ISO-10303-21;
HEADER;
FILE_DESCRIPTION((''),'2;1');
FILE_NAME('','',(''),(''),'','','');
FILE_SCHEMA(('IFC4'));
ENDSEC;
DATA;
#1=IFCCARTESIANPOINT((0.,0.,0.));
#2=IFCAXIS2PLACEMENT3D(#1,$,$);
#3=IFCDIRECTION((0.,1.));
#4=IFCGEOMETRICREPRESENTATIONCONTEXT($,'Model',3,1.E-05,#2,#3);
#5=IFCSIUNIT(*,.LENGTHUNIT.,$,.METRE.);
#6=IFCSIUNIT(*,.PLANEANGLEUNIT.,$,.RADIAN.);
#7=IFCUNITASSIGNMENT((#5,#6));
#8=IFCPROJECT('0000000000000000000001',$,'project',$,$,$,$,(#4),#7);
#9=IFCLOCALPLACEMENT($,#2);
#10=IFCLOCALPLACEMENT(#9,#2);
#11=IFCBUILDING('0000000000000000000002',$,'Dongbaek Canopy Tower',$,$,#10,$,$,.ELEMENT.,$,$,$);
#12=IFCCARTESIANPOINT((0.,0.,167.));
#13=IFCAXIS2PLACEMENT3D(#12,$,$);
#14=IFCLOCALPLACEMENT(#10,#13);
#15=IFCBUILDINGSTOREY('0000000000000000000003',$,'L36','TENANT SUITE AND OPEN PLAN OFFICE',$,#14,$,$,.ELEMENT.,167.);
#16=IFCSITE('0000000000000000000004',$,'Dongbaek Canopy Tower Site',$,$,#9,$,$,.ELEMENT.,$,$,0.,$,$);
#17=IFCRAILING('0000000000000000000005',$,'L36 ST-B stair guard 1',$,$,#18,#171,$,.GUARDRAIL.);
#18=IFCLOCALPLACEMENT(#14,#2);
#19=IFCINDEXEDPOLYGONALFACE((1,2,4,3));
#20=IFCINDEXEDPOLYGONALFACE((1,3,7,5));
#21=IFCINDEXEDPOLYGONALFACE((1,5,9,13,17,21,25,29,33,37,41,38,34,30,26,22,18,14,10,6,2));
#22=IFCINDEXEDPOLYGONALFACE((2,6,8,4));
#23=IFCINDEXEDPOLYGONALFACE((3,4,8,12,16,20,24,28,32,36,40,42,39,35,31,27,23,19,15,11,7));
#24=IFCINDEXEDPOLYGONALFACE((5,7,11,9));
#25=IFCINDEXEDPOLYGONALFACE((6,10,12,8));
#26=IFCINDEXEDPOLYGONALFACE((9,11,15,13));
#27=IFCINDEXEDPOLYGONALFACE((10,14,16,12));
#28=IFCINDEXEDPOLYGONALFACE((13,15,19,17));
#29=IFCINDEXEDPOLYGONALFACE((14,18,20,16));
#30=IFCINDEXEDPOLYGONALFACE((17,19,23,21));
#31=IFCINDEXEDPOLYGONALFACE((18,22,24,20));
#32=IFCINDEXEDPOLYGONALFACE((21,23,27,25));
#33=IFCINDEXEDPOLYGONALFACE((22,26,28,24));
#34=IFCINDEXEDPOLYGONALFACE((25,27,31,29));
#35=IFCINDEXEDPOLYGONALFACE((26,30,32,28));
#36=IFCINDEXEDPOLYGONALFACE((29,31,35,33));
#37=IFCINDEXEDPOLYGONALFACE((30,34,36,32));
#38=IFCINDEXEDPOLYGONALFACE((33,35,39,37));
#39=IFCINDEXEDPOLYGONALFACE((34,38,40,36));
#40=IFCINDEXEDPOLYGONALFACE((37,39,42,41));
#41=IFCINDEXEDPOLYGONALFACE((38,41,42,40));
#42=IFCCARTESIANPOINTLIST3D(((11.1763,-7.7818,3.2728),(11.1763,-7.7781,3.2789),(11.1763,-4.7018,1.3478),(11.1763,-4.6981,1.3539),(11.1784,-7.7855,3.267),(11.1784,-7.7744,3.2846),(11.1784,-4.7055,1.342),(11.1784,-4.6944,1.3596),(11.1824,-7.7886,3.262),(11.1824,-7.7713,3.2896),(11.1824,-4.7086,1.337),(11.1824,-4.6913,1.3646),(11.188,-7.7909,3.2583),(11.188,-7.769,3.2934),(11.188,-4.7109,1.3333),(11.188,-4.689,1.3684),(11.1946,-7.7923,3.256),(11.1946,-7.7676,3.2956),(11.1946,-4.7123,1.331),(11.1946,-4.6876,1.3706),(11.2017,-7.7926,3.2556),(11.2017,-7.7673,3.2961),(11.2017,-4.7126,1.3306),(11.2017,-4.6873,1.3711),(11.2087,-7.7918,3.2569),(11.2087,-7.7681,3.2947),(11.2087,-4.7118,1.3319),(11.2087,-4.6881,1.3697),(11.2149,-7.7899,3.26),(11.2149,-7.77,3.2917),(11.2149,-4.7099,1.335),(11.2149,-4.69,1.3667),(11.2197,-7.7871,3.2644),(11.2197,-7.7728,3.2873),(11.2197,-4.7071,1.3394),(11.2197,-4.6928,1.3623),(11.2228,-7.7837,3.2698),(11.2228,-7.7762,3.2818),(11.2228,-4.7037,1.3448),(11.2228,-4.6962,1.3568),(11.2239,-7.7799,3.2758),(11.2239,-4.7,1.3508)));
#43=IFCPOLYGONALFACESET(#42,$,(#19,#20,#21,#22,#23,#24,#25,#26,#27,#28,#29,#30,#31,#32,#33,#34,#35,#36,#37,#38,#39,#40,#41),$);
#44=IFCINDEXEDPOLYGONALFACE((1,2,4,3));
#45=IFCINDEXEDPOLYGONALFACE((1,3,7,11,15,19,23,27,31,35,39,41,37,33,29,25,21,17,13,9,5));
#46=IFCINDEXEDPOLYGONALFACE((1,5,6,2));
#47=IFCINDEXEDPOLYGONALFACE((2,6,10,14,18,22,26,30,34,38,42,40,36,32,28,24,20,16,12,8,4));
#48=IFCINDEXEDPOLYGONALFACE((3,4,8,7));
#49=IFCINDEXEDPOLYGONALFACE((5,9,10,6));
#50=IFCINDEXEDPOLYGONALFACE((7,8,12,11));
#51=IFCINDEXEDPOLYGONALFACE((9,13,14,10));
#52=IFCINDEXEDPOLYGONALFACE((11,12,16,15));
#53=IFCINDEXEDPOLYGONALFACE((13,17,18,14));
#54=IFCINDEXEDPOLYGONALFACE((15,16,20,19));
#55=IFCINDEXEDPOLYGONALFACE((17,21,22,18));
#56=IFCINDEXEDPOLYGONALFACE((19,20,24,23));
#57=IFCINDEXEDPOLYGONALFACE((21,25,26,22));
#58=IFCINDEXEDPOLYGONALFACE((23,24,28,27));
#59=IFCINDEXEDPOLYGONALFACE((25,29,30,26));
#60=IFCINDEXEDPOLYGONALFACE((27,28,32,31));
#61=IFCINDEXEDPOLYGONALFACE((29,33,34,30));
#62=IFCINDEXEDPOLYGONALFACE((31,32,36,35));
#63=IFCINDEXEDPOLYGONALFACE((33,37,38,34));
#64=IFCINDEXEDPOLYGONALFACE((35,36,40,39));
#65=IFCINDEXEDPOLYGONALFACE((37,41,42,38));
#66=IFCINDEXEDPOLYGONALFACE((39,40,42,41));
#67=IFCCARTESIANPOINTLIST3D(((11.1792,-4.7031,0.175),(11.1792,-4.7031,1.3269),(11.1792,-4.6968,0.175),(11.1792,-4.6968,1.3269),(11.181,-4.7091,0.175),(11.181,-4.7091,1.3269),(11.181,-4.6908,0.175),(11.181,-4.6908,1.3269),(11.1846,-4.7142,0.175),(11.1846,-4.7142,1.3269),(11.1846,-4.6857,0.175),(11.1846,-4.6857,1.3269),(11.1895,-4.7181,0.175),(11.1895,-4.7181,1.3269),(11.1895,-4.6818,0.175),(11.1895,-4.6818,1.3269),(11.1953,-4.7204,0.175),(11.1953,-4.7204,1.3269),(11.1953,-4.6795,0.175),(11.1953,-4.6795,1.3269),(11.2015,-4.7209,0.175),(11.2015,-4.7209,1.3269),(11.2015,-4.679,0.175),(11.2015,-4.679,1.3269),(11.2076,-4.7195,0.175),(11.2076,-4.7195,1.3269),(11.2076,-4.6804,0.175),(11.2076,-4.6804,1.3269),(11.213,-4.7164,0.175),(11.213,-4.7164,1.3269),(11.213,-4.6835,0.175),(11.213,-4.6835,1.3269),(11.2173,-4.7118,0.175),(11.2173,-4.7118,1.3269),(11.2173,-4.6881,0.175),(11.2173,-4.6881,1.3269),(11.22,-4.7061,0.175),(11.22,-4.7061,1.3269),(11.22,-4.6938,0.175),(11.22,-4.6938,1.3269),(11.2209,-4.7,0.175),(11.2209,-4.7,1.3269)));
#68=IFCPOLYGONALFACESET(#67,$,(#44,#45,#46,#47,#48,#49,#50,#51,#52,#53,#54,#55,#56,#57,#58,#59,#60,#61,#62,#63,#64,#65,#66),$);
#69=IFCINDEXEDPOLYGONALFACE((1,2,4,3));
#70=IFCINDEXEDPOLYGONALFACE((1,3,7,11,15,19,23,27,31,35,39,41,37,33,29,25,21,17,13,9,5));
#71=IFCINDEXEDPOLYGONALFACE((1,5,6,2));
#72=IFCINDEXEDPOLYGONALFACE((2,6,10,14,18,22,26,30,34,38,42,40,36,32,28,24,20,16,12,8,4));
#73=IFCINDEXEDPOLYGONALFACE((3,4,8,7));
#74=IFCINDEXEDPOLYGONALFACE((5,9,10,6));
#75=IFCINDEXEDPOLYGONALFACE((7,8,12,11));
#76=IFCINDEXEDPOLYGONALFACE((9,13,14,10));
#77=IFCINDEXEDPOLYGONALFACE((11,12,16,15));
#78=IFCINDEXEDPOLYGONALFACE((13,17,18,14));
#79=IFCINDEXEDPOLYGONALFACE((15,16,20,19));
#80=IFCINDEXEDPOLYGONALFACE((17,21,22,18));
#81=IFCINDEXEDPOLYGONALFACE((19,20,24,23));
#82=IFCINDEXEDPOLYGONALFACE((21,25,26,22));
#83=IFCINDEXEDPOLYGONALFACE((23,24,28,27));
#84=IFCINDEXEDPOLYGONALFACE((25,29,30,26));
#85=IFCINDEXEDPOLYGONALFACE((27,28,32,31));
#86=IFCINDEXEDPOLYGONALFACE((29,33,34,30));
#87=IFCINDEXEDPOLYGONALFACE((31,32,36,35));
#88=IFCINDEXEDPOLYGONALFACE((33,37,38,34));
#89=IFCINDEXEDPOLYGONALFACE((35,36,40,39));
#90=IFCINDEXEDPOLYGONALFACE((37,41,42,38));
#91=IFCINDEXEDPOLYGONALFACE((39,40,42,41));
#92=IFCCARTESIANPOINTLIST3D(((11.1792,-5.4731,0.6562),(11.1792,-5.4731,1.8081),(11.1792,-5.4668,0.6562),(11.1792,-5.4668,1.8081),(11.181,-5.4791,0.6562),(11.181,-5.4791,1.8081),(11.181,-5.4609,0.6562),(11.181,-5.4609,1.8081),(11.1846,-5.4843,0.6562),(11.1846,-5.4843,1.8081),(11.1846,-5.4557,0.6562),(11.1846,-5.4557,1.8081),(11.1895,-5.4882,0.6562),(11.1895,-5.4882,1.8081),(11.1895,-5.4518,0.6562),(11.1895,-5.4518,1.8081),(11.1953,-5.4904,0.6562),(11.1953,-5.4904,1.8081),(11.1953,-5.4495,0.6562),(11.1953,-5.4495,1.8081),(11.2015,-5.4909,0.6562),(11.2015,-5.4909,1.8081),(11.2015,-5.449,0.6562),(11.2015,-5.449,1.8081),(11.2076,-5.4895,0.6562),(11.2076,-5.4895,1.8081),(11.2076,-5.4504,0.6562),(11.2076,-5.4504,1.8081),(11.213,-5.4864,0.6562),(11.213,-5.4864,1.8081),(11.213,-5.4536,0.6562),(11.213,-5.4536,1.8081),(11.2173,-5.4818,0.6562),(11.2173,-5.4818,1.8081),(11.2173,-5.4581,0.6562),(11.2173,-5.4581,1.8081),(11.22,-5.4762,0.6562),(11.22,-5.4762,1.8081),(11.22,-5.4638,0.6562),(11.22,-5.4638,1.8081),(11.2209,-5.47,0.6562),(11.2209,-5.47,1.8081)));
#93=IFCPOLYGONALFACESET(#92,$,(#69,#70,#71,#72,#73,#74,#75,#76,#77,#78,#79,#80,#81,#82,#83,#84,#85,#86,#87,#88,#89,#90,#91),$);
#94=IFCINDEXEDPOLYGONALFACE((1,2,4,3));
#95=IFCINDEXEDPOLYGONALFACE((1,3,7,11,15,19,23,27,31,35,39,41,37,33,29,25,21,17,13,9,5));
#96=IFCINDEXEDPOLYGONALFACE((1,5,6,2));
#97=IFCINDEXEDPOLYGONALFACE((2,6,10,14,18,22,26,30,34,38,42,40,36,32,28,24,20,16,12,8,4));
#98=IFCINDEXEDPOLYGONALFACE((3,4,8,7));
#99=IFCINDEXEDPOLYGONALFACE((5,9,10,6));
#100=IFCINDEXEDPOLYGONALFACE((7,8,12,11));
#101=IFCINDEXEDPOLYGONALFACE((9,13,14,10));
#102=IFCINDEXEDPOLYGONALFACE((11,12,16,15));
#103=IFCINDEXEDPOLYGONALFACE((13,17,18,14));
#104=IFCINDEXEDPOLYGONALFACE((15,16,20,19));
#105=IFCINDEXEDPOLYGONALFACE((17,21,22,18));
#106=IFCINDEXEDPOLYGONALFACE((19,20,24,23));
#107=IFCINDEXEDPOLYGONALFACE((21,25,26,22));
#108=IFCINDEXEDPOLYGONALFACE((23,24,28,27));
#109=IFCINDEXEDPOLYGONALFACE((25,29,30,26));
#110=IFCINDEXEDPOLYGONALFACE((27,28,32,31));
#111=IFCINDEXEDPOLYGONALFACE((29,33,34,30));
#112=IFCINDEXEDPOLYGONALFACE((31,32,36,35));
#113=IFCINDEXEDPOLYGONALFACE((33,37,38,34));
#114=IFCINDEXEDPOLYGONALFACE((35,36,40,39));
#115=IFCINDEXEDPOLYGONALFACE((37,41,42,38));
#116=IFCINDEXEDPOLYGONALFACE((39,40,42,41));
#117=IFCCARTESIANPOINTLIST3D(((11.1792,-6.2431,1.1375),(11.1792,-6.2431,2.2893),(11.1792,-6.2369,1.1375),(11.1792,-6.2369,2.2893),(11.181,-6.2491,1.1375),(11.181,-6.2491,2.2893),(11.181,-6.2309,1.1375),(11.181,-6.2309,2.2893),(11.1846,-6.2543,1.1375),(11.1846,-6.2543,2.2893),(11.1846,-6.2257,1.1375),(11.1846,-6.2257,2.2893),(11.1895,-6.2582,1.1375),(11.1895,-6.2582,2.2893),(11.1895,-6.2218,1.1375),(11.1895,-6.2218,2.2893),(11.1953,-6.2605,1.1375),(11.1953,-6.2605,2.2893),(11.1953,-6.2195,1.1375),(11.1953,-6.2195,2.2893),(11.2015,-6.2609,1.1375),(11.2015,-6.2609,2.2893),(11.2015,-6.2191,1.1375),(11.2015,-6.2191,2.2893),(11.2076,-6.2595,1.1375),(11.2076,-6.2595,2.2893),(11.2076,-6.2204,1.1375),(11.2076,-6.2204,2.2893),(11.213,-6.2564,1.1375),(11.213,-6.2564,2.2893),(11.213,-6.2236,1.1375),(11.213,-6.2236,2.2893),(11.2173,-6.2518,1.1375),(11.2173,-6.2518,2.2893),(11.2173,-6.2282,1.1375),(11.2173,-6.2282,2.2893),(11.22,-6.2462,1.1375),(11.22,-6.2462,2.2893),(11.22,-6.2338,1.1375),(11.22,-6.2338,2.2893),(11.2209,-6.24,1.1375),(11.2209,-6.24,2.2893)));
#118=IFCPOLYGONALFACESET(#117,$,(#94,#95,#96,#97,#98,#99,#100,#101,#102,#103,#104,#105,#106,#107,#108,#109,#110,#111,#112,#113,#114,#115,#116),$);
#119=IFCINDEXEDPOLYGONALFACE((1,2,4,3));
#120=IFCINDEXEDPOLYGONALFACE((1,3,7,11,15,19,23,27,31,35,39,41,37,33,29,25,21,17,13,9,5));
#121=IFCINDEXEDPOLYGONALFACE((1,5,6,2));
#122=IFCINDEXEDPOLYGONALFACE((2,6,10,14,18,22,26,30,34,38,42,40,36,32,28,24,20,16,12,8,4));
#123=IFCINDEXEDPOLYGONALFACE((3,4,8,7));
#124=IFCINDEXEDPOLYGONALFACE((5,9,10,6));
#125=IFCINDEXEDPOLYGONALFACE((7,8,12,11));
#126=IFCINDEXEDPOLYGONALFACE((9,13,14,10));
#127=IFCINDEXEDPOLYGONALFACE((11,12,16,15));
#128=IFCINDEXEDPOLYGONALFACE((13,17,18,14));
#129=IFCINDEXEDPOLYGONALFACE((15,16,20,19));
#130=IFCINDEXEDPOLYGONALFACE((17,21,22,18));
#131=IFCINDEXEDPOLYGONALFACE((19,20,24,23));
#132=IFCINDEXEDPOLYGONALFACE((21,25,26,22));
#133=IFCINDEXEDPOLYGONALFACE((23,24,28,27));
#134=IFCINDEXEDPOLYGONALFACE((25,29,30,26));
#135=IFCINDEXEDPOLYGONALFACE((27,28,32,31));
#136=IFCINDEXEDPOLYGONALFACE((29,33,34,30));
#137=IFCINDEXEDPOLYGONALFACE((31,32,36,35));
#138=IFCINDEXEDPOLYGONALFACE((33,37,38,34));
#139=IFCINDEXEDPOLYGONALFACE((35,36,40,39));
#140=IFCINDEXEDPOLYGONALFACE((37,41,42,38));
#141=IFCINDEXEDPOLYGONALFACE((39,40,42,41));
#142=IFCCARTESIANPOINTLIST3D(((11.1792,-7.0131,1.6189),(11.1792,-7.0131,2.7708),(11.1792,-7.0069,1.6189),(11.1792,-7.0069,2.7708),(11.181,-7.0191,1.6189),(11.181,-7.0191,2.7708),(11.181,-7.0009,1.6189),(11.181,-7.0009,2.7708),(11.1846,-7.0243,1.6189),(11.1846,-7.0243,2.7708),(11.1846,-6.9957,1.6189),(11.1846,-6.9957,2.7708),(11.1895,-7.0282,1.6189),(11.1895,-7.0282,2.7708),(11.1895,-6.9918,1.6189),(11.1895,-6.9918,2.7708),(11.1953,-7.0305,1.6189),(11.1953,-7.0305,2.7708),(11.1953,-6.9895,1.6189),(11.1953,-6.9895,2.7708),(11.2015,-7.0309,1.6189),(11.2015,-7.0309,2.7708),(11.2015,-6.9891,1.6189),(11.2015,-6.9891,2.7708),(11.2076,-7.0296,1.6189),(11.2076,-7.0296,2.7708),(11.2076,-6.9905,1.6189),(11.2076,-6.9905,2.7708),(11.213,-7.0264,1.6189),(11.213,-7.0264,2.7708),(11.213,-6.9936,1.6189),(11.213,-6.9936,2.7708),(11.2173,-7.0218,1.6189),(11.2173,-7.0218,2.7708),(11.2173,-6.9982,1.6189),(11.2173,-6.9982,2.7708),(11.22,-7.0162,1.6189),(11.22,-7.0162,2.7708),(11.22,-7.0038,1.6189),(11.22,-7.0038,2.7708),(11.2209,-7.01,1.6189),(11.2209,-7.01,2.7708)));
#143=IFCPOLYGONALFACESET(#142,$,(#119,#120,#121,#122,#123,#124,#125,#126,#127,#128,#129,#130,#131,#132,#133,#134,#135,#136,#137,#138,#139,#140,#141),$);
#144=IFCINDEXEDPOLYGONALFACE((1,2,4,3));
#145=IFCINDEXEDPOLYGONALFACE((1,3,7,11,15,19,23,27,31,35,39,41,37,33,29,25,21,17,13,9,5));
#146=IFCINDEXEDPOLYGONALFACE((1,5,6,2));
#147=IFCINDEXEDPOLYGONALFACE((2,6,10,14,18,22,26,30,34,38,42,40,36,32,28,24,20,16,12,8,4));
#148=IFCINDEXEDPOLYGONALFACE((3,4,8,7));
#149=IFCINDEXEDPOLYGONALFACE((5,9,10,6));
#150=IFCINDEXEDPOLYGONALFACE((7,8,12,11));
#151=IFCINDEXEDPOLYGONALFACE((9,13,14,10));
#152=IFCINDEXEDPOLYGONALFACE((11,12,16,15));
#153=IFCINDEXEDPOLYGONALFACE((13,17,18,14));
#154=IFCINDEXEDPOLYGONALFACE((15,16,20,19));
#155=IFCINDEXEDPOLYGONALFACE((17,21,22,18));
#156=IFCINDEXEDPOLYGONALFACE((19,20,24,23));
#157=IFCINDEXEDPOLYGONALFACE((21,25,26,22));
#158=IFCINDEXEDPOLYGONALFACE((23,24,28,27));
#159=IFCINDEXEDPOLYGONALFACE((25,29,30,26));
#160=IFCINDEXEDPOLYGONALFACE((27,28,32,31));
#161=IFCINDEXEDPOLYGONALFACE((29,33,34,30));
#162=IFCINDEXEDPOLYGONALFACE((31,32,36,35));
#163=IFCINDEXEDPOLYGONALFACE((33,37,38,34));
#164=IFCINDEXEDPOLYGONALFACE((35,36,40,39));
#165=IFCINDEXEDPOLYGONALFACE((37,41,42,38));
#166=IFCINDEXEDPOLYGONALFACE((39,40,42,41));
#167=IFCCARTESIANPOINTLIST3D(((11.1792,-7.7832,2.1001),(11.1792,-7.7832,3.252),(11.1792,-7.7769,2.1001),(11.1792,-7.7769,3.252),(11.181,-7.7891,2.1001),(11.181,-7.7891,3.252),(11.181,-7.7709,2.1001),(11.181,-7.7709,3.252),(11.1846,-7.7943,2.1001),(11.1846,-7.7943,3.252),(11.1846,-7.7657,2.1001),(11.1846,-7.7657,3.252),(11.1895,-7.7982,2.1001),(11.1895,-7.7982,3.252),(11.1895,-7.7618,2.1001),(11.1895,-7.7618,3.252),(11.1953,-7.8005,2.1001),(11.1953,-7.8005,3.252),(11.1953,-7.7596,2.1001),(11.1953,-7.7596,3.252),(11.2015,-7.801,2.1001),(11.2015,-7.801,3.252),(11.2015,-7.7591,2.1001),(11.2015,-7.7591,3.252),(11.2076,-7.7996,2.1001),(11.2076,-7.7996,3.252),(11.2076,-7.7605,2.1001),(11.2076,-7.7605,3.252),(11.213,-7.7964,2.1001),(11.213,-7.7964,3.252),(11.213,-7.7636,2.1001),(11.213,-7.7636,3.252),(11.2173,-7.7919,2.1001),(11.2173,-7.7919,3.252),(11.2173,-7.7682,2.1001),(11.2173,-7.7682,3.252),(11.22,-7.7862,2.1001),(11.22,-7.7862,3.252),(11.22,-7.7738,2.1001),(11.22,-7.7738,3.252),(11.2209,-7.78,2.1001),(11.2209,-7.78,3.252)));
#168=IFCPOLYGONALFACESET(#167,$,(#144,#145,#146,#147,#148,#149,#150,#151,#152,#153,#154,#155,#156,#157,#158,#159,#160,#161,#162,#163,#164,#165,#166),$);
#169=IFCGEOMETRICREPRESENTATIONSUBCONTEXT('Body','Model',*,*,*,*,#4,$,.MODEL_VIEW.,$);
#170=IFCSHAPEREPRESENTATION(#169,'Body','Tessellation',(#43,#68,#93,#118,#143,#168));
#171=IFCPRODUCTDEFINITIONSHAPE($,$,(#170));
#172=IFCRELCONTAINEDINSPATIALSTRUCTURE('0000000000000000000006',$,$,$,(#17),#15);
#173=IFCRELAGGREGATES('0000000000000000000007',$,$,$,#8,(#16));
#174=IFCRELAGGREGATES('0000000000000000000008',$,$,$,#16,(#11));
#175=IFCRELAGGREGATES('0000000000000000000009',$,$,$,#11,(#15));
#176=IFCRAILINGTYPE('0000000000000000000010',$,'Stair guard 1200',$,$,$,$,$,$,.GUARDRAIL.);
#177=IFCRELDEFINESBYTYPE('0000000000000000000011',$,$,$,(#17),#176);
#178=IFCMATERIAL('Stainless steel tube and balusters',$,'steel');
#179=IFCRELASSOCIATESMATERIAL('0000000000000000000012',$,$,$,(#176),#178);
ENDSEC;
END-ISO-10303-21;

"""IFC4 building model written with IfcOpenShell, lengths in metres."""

from ifc_helpers import new_model, si_unit, direction, frame, origin, origin_2d, place, context, subcontext, project, spatial, circle, extrude, material, type_object, element, save


model = new_model("IFC4")

# Units and contexts
model_context = context("Model", 3, precision=1e-05, world=origin(), true_north=direction((0.0, 1.0)))
body_context = subcontext(model_context, "Body", "Model", "MODEL_VIEW")
ifc_project = project(units=[si_unit("LENGTHUNIT", "METRE"), si_unit("PLANEANGLEUNIT", "RADIAN")], contexts=[model_context])

# Site, building, storey
site_placement = place(None, origin())
site = spatial("IfcSite", under=ifc_project, at=site_placement, Name="Dongbaek Canopy Tower Site", CompositionType="ELEMENT", RefElevation=0.0)
building_placement = place(site_placement, origin())
building = spatial("IfcBuilding", under=site, at=building_placement, Name="Dongbaek Canopy Tower", CompositionType="ELEMENT")
storey_placement = place(building_placement, frame((0.0, 0.0, 167.0)))
storey = spatial("IfcBuildingStorey", under=building, at=storey_placement, Name="L36", Description="TENANT SUITE AND OPEN PLAN OFFICE", CompositionType="ELEMENT", Elevation=167.0)

# Railing
ifc_material_1 = material(Name="Stainless steel tube and balusters", Category="steel")
railing_type_1 = type_object("IfcRailingType", Name="Stair guard 1200", PredefinedType="GUARDRAIL", material=ifc_material_1)
railing_1_placement = place(storey_placement, frame((11.2, -4.7, 0.175)))
element("IfcRailing", 1, at=railing_1_placement, inside=storey, type_object=railing_type_1, Name="L36 ST-B stair guard 1", PredefinedType="GUARDRAIL", context=body_context, shape_type="SweptSolid", body=[
    extrude(circle(Radius=0.0239, at=origin_2d()), frame((0.0, 0.0, 1.1758), z_axis=(0.0, -0.847998, 0.529999), x_axis=(1.0, 0.0, 0.0)), (0.0, 0.0, 1.0), 3.6321),
    extrude(circle(Radius=0.021, at=origin_2d()), origin(), (0.0, 0.0, 1.0), 1.1519),
    extrude(circle(Radius=0.021, at=origin_2d()), frame((0.0, -0.77, 0.4812)), (0.0, 0.0, 1.0), 1.1519),
    extrude(circle(Radius=0.021, at=origin_2d()), frame((0.0, -1.54, 0.9624)), (0.0, 0.0, 1.0), 1.1519),
    extrude(circle(Radius=0.021, at=origin_2d()), frame((0.0, -2.3101, 1.4438)), (0.0, 0.0, 1.0), 1.1519),
    extrude(circle(Radius=0.021, at=origin_2d()), frame((0.0, -3.0801, 1.925)), (0.0, 0.0, 1.0), 1.1519),
])

save(model, "model.ifc")
